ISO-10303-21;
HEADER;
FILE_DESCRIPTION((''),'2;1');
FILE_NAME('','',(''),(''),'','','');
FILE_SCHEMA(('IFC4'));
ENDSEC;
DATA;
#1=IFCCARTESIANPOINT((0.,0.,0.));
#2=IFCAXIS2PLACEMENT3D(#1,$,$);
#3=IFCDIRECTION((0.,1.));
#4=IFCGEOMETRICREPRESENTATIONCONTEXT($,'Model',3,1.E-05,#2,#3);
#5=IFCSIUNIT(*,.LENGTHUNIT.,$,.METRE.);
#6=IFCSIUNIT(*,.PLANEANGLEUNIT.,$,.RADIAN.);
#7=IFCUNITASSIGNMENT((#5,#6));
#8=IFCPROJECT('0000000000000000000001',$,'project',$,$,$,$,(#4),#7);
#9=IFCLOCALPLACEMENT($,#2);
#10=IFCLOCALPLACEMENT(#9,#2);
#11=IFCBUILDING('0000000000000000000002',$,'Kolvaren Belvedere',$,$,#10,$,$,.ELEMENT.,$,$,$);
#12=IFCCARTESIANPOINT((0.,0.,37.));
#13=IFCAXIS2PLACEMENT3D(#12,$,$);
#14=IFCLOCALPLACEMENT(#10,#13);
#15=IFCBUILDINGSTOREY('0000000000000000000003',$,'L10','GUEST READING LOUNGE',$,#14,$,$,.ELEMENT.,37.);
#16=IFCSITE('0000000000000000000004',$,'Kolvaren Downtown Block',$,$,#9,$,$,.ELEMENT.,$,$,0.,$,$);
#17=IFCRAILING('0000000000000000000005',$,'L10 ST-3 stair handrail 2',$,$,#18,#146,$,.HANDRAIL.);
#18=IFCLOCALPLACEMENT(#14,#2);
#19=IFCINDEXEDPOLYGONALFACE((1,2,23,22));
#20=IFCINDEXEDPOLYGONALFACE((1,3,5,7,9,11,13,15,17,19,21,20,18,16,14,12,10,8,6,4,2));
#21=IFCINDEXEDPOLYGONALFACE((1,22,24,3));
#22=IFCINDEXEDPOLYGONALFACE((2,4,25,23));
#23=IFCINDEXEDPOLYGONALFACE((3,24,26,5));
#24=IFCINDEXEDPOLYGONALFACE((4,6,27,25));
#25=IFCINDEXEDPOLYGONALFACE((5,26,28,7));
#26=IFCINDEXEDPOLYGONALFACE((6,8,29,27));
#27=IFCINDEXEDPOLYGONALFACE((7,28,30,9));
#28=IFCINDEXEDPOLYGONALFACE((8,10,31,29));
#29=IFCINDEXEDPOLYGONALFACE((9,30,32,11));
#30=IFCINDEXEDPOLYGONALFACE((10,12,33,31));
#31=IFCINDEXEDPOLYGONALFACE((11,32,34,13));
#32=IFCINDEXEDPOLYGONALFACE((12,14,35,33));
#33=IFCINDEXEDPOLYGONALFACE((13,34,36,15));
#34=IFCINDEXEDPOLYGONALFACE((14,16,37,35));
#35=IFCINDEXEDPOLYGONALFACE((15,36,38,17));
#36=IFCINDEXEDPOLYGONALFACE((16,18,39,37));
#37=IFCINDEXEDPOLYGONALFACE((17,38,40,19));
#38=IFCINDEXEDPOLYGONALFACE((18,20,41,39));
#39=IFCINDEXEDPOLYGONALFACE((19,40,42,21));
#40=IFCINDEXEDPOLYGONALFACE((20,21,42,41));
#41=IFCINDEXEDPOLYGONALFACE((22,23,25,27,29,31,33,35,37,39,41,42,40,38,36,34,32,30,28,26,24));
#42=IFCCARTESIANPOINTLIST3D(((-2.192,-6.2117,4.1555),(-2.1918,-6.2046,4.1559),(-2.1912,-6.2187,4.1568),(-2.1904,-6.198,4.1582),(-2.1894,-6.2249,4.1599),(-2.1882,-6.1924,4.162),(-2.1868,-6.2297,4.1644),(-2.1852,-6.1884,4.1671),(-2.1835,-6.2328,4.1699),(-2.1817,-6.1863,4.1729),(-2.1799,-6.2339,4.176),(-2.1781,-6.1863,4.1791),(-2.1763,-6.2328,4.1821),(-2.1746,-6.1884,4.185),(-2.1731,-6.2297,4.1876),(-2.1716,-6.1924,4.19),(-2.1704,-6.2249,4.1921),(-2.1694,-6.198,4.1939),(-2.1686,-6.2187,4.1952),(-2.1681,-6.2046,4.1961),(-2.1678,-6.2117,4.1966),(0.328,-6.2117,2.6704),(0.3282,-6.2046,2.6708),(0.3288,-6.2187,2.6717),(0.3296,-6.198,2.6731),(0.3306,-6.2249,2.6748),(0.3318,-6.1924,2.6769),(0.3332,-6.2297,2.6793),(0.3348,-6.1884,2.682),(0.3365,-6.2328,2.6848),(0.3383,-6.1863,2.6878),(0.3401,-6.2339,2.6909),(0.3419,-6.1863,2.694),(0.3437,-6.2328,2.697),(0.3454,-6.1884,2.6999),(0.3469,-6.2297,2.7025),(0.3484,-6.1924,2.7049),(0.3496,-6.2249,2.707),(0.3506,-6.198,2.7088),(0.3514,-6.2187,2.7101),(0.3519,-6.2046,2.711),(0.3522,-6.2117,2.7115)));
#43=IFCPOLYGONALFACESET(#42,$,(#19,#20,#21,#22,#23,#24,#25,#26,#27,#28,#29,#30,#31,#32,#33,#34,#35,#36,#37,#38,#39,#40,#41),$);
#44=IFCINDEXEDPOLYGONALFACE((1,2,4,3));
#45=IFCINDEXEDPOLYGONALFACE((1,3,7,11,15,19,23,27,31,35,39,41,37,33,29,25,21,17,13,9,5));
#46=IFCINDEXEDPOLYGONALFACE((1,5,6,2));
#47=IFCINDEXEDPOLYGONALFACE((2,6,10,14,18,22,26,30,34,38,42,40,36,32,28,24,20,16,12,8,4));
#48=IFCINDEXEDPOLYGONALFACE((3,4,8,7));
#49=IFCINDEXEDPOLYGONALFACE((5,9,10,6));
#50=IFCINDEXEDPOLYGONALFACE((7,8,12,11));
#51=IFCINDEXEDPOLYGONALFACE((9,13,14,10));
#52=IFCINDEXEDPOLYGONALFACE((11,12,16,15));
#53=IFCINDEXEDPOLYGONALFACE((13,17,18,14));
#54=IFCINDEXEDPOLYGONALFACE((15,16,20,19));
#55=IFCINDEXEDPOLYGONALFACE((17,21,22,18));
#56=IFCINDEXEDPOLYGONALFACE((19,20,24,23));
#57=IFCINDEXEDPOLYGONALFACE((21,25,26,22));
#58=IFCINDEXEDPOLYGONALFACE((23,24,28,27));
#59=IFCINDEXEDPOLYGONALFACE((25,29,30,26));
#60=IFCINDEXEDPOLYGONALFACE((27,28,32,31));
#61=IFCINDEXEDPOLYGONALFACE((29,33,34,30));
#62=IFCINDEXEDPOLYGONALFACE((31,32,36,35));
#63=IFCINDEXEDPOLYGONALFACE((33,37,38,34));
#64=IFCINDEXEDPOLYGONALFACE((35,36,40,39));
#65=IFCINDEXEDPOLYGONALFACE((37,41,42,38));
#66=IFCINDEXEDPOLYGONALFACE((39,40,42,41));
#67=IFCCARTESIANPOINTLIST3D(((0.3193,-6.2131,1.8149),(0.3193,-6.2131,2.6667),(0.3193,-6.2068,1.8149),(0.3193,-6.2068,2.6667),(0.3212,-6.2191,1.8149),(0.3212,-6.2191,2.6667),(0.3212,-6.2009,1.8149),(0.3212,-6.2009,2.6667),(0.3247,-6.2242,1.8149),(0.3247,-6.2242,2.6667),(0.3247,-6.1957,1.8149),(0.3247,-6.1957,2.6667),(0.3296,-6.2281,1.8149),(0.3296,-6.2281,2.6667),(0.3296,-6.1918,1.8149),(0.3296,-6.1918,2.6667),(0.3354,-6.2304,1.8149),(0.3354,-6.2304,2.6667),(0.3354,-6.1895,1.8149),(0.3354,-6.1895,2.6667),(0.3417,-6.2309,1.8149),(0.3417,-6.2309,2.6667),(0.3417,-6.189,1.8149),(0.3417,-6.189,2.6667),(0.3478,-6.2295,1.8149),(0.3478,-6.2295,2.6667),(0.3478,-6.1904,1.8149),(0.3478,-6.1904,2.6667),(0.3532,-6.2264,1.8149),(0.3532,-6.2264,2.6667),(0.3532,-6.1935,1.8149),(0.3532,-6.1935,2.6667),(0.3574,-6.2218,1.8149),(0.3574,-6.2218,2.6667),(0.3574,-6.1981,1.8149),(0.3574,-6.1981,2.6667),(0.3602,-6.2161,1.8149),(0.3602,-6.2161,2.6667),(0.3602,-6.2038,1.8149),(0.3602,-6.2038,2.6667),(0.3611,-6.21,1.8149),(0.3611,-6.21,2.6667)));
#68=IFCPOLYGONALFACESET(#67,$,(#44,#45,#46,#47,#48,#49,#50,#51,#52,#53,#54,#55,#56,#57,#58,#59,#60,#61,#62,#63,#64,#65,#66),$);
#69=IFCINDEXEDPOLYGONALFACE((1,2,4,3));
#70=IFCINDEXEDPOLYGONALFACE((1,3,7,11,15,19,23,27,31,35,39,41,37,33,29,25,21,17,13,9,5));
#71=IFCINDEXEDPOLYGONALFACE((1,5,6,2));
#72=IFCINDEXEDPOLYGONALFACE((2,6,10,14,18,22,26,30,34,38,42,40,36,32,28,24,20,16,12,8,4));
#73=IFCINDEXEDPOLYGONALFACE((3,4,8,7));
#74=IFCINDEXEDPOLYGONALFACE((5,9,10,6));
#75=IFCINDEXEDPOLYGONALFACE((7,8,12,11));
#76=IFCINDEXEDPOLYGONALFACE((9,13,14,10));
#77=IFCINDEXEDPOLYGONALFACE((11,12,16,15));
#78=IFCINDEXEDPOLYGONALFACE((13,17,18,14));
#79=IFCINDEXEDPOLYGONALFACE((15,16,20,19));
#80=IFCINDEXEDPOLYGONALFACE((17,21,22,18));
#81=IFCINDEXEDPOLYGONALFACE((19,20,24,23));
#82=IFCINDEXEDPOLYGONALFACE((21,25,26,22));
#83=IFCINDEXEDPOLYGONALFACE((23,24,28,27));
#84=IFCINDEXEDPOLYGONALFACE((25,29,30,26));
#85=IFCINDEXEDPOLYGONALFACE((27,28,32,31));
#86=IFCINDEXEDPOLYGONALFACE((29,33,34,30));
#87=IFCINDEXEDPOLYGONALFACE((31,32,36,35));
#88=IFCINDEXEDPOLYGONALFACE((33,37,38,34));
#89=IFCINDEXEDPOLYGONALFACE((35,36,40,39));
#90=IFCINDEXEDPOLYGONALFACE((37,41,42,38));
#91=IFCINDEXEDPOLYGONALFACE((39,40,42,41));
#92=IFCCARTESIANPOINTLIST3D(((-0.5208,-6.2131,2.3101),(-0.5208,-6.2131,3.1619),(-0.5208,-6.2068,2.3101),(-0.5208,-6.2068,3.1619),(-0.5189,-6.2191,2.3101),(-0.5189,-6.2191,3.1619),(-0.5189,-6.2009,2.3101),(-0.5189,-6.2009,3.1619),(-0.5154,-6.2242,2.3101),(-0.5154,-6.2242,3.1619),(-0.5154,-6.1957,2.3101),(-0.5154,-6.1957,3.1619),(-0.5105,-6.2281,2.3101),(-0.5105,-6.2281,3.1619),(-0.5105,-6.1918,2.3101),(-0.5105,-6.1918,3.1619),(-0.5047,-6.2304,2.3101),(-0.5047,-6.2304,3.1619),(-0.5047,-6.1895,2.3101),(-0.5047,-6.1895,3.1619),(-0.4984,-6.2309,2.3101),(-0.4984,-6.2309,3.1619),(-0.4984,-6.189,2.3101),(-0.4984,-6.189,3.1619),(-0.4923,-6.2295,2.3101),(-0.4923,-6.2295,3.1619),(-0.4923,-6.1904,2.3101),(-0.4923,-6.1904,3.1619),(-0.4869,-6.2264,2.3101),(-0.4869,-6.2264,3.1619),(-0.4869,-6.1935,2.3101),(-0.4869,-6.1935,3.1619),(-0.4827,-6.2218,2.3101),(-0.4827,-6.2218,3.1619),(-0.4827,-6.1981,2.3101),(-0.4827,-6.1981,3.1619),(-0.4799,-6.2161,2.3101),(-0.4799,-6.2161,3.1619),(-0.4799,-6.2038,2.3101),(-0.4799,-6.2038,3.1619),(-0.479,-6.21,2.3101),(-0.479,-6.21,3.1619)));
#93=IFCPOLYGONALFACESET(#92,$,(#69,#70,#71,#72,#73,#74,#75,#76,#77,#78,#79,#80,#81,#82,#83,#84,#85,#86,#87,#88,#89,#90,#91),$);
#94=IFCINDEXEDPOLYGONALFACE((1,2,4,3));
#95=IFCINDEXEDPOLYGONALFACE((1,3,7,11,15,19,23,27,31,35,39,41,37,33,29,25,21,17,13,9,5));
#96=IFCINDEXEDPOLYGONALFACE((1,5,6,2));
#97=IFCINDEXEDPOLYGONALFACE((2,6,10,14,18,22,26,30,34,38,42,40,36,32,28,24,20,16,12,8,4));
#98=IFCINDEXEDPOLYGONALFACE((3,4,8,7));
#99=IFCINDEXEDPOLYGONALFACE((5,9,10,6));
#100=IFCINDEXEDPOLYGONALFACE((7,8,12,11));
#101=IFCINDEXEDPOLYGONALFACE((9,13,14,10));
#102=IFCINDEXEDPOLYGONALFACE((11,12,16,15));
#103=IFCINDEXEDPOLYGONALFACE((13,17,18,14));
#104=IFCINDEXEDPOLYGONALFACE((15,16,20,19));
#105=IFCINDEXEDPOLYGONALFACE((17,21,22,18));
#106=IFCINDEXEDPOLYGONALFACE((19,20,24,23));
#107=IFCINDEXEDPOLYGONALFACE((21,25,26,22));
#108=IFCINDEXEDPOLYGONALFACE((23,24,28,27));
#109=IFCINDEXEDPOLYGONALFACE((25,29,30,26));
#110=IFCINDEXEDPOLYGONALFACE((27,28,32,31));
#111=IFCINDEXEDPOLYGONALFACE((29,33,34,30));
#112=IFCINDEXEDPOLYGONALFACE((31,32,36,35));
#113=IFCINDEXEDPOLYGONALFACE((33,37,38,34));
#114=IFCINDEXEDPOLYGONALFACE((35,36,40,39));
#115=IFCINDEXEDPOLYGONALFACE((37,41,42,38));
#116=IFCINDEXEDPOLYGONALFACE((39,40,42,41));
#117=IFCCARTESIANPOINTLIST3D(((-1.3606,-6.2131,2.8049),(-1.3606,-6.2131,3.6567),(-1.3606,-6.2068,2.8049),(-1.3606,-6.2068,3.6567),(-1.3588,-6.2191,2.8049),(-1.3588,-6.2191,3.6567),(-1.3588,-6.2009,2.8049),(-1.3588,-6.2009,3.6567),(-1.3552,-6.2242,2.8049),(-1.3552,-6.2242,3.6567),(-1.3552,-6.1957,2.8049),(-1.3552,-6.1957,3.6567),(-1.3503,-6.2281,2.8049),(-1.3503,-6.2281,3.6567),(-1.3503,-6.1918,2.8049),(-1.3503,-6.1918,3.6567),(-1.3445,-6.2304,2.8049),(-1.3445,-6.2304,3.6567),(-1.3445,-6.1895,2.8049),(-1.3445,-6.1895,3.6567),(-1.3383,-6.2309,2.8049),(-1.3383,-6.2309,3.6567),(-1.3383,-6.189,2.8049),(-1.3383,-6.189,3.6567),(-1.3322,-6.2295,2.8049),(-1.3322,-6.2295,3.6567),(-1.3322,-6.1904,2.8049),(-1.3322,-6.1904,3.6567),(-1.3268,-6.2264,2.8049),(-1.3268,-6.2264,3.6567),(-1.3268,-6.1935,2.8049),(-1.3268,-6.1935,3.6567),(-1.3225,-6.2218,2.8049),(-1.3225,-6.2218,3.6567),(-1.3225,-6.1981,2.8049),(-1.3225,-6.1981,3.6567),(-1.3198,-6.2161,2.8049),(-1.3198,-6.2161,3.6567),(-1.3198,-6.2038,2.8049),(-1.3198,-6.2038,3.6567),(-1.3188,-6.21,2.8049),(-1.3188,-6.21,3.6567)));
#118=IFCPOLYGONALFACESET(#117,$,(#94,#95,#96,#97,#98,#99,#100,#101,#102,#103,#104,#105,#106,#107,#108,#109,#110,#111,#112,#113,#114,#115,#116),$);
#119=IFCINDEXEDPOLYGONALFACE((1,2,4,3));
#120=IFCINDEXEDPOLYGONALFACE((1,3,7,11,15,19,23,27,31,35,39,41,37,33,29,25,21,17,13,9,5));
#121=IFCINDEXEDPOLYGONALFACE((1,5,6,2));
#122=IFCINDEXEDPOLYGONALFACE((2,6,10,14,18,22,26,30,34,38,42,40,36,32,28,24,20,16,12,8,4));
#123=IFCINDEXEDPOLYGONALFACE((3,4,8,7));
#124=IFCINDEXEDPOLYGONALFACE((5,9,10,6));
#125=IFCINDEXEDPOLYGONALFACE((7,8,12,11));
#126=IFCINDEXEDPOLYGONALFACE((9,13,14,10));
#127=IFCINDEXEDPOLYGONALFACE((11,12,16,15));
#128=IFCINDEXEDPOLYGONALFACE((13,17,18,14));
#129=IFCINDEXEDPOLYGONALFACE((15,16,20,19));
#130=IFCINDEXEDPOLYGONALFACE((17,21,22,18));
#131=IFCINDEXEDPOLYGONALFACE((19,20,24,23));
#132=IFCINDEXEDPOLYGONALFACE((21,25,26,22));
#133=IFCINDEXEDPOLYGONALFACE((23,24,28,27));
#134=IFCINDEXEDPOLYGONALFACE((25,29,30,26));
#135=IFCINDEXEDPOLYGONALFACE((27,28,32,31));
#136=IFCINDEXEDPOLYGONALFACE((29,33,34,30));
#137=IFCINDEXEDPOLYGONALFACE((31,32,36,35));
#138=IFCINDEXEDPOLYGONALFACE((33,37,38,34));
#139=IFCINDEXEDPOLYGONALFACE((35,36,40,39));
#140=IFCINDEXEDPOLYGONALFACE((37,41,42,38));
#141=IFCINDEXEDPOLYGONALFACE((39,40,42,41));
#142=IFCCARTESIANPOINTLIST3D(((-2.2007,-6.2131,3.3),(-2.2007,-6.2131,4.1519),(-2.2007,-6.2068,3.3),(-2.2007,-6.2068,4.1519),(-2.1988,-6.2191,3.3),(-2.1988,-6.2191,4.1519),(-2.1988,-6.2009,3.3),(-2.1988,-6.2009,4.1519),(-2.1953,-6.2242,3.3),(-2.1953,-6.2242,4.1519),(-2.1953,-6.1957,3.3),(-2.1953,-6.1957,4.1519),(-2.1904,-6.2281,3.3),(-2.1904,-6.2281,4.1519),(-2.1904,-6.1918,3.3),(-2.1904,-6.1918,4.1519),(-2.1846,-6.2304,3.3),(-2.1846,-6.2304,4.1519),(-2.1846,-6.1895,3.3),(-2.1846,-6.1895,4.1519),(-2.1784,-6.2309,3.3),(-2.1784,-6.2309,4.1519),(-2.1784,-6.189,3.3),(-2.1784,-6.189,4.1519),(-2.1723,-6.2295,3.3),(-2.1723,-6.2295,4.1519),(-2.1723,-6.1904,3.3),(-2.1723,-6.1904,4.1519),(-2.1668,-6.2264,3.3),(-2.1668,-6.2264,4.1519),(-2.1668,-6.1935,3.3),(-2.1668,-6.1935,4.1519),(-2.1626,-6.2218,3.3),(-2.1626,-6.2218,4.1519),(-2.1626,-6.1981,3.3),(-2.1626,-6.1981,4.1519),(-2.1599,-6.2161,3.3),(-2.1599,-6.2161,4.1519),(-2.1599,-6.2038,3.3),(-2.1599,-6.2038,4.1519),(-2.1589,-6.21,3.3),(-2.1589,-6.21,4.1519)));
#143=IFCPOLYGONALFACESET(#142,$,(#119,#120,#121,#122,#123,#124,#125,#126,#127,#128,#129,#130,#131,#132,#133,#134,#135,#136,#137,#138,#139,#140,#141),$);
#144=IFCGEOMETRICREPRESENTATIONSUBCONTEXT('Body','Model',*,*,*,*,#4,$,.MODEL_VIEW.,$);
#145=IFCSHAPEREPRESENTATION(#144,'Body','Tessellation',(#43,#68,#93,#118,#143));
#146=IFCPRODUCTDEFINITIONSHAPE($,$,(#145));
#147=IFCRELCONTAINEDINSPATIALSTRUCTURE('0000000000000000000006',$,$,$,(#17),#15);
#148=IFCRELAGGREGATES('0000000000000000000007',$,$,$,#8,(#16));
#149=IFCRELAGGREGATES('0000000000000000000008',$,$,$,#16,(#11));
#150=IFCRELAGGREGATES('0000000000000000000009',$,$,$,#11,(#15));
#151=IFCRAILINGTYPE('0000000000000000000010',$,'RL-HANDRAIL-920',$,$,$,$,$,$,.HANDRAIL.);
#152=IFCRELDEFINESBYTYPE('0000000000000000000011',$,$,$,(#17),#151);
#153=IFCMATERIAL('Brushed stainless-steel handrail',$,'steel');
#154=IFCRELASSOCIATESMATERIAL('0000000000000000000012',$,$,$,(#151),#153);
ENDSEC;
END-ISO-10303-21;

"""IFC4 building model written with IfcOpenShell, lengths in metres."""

from ifc_helpers import new_model, si_unit, direction, frame, origin, origin_2d, place, context, subcontext, project, spatial, circle, extrude, material, type_object, element, save


model = new_model("IFC4")

# Units and contexts
model_context = context("Model", 3, precision=1e-05, world=origin(), true_north=direction((0.0, 1.0)))
body_context = subcontext(model_context, "Body", "Model", "MODEL_VIEW")
ifc_project = project(units=[si_unit("LENGTHUNIT", "METRE"), si_unit("PLANEANGLEUNIT", "RADIAN")], contexts=[model_context])

# Site, building, storey
site_placement = place(None, origin())
site = spatial("IfcSite", under=ifc_project, at=site_placement, Name="Kolvaren Downtown Block", CompositionType="ELEMENT", RefElevation=0.0)
building_placement = place(site_placement, origin())
building = spatial("IfcBuilding", under=site, at=building_placement, Name="Kolvaren Belvedere", CompositionType="ELEMENT")
storey_placement = place(building_placement, frame((0.0, 0.0, 37.0)))
storey = spatial("IfcBuildingStorey", under=building, at=storey_placement, Name="L10", Description="GUEST READING LOUNGE", CompositionType="ELEMENT", Elevation=37.0)

# Railing
ifc_material_1 = material(Name="Brushed stainless-steel handrail", Category="steel")
railing_type_1 = type_object("IfcRailingType", Name="RL-HANDRAIL-920", PredefinedType="HANDRAIL", material=ifc_material_1)
railing_1_placement = place(storey_placement, frame((0.3401, -6.21, 1.8149)))
element("IfcRailing", 1, at=railing_1_placement, inside=storey, type_object=railing_type_1, Name="L10 ST-3 stair handrail 2", PredefinedType="HANDRAIL", context=body_context, shape_type="SweptSolid", body=[
    extrude(circle(Radius=0.0239, at=origin_2d()), frame((0.0, 0.0, 0.876), z_axis=(-0.861524, 0.0, 0.507717), x_axis=(0.0, -1.0, 0.0)), (0.0, 0.0, 1.0), 2.925),
    extrude(circle(Radius=0.021, at=origin_2d()), origin(), (0.0, 0.0, 1.0), 0.8518),
    extrude(circle(Radius=0.021, at=origin_2d()), frame((-0.8401, 0.0, 0.4951)), (0.0, 0.0, 1.0), 0.8518),
    extrude(circle(Radius=0.021, at=origin_2d()), frame((-1.6799, 0.0, 0.99)), (0.0, 0.0, 1.0), 0.8518),
    extrude(circle(Radius=0.021, at=origin_2d()), frame((-2.52, 0.0, 1.4851)), (0.0, 0.0, 1.0), 0.8518),
])

save(model, "model.ifc")
